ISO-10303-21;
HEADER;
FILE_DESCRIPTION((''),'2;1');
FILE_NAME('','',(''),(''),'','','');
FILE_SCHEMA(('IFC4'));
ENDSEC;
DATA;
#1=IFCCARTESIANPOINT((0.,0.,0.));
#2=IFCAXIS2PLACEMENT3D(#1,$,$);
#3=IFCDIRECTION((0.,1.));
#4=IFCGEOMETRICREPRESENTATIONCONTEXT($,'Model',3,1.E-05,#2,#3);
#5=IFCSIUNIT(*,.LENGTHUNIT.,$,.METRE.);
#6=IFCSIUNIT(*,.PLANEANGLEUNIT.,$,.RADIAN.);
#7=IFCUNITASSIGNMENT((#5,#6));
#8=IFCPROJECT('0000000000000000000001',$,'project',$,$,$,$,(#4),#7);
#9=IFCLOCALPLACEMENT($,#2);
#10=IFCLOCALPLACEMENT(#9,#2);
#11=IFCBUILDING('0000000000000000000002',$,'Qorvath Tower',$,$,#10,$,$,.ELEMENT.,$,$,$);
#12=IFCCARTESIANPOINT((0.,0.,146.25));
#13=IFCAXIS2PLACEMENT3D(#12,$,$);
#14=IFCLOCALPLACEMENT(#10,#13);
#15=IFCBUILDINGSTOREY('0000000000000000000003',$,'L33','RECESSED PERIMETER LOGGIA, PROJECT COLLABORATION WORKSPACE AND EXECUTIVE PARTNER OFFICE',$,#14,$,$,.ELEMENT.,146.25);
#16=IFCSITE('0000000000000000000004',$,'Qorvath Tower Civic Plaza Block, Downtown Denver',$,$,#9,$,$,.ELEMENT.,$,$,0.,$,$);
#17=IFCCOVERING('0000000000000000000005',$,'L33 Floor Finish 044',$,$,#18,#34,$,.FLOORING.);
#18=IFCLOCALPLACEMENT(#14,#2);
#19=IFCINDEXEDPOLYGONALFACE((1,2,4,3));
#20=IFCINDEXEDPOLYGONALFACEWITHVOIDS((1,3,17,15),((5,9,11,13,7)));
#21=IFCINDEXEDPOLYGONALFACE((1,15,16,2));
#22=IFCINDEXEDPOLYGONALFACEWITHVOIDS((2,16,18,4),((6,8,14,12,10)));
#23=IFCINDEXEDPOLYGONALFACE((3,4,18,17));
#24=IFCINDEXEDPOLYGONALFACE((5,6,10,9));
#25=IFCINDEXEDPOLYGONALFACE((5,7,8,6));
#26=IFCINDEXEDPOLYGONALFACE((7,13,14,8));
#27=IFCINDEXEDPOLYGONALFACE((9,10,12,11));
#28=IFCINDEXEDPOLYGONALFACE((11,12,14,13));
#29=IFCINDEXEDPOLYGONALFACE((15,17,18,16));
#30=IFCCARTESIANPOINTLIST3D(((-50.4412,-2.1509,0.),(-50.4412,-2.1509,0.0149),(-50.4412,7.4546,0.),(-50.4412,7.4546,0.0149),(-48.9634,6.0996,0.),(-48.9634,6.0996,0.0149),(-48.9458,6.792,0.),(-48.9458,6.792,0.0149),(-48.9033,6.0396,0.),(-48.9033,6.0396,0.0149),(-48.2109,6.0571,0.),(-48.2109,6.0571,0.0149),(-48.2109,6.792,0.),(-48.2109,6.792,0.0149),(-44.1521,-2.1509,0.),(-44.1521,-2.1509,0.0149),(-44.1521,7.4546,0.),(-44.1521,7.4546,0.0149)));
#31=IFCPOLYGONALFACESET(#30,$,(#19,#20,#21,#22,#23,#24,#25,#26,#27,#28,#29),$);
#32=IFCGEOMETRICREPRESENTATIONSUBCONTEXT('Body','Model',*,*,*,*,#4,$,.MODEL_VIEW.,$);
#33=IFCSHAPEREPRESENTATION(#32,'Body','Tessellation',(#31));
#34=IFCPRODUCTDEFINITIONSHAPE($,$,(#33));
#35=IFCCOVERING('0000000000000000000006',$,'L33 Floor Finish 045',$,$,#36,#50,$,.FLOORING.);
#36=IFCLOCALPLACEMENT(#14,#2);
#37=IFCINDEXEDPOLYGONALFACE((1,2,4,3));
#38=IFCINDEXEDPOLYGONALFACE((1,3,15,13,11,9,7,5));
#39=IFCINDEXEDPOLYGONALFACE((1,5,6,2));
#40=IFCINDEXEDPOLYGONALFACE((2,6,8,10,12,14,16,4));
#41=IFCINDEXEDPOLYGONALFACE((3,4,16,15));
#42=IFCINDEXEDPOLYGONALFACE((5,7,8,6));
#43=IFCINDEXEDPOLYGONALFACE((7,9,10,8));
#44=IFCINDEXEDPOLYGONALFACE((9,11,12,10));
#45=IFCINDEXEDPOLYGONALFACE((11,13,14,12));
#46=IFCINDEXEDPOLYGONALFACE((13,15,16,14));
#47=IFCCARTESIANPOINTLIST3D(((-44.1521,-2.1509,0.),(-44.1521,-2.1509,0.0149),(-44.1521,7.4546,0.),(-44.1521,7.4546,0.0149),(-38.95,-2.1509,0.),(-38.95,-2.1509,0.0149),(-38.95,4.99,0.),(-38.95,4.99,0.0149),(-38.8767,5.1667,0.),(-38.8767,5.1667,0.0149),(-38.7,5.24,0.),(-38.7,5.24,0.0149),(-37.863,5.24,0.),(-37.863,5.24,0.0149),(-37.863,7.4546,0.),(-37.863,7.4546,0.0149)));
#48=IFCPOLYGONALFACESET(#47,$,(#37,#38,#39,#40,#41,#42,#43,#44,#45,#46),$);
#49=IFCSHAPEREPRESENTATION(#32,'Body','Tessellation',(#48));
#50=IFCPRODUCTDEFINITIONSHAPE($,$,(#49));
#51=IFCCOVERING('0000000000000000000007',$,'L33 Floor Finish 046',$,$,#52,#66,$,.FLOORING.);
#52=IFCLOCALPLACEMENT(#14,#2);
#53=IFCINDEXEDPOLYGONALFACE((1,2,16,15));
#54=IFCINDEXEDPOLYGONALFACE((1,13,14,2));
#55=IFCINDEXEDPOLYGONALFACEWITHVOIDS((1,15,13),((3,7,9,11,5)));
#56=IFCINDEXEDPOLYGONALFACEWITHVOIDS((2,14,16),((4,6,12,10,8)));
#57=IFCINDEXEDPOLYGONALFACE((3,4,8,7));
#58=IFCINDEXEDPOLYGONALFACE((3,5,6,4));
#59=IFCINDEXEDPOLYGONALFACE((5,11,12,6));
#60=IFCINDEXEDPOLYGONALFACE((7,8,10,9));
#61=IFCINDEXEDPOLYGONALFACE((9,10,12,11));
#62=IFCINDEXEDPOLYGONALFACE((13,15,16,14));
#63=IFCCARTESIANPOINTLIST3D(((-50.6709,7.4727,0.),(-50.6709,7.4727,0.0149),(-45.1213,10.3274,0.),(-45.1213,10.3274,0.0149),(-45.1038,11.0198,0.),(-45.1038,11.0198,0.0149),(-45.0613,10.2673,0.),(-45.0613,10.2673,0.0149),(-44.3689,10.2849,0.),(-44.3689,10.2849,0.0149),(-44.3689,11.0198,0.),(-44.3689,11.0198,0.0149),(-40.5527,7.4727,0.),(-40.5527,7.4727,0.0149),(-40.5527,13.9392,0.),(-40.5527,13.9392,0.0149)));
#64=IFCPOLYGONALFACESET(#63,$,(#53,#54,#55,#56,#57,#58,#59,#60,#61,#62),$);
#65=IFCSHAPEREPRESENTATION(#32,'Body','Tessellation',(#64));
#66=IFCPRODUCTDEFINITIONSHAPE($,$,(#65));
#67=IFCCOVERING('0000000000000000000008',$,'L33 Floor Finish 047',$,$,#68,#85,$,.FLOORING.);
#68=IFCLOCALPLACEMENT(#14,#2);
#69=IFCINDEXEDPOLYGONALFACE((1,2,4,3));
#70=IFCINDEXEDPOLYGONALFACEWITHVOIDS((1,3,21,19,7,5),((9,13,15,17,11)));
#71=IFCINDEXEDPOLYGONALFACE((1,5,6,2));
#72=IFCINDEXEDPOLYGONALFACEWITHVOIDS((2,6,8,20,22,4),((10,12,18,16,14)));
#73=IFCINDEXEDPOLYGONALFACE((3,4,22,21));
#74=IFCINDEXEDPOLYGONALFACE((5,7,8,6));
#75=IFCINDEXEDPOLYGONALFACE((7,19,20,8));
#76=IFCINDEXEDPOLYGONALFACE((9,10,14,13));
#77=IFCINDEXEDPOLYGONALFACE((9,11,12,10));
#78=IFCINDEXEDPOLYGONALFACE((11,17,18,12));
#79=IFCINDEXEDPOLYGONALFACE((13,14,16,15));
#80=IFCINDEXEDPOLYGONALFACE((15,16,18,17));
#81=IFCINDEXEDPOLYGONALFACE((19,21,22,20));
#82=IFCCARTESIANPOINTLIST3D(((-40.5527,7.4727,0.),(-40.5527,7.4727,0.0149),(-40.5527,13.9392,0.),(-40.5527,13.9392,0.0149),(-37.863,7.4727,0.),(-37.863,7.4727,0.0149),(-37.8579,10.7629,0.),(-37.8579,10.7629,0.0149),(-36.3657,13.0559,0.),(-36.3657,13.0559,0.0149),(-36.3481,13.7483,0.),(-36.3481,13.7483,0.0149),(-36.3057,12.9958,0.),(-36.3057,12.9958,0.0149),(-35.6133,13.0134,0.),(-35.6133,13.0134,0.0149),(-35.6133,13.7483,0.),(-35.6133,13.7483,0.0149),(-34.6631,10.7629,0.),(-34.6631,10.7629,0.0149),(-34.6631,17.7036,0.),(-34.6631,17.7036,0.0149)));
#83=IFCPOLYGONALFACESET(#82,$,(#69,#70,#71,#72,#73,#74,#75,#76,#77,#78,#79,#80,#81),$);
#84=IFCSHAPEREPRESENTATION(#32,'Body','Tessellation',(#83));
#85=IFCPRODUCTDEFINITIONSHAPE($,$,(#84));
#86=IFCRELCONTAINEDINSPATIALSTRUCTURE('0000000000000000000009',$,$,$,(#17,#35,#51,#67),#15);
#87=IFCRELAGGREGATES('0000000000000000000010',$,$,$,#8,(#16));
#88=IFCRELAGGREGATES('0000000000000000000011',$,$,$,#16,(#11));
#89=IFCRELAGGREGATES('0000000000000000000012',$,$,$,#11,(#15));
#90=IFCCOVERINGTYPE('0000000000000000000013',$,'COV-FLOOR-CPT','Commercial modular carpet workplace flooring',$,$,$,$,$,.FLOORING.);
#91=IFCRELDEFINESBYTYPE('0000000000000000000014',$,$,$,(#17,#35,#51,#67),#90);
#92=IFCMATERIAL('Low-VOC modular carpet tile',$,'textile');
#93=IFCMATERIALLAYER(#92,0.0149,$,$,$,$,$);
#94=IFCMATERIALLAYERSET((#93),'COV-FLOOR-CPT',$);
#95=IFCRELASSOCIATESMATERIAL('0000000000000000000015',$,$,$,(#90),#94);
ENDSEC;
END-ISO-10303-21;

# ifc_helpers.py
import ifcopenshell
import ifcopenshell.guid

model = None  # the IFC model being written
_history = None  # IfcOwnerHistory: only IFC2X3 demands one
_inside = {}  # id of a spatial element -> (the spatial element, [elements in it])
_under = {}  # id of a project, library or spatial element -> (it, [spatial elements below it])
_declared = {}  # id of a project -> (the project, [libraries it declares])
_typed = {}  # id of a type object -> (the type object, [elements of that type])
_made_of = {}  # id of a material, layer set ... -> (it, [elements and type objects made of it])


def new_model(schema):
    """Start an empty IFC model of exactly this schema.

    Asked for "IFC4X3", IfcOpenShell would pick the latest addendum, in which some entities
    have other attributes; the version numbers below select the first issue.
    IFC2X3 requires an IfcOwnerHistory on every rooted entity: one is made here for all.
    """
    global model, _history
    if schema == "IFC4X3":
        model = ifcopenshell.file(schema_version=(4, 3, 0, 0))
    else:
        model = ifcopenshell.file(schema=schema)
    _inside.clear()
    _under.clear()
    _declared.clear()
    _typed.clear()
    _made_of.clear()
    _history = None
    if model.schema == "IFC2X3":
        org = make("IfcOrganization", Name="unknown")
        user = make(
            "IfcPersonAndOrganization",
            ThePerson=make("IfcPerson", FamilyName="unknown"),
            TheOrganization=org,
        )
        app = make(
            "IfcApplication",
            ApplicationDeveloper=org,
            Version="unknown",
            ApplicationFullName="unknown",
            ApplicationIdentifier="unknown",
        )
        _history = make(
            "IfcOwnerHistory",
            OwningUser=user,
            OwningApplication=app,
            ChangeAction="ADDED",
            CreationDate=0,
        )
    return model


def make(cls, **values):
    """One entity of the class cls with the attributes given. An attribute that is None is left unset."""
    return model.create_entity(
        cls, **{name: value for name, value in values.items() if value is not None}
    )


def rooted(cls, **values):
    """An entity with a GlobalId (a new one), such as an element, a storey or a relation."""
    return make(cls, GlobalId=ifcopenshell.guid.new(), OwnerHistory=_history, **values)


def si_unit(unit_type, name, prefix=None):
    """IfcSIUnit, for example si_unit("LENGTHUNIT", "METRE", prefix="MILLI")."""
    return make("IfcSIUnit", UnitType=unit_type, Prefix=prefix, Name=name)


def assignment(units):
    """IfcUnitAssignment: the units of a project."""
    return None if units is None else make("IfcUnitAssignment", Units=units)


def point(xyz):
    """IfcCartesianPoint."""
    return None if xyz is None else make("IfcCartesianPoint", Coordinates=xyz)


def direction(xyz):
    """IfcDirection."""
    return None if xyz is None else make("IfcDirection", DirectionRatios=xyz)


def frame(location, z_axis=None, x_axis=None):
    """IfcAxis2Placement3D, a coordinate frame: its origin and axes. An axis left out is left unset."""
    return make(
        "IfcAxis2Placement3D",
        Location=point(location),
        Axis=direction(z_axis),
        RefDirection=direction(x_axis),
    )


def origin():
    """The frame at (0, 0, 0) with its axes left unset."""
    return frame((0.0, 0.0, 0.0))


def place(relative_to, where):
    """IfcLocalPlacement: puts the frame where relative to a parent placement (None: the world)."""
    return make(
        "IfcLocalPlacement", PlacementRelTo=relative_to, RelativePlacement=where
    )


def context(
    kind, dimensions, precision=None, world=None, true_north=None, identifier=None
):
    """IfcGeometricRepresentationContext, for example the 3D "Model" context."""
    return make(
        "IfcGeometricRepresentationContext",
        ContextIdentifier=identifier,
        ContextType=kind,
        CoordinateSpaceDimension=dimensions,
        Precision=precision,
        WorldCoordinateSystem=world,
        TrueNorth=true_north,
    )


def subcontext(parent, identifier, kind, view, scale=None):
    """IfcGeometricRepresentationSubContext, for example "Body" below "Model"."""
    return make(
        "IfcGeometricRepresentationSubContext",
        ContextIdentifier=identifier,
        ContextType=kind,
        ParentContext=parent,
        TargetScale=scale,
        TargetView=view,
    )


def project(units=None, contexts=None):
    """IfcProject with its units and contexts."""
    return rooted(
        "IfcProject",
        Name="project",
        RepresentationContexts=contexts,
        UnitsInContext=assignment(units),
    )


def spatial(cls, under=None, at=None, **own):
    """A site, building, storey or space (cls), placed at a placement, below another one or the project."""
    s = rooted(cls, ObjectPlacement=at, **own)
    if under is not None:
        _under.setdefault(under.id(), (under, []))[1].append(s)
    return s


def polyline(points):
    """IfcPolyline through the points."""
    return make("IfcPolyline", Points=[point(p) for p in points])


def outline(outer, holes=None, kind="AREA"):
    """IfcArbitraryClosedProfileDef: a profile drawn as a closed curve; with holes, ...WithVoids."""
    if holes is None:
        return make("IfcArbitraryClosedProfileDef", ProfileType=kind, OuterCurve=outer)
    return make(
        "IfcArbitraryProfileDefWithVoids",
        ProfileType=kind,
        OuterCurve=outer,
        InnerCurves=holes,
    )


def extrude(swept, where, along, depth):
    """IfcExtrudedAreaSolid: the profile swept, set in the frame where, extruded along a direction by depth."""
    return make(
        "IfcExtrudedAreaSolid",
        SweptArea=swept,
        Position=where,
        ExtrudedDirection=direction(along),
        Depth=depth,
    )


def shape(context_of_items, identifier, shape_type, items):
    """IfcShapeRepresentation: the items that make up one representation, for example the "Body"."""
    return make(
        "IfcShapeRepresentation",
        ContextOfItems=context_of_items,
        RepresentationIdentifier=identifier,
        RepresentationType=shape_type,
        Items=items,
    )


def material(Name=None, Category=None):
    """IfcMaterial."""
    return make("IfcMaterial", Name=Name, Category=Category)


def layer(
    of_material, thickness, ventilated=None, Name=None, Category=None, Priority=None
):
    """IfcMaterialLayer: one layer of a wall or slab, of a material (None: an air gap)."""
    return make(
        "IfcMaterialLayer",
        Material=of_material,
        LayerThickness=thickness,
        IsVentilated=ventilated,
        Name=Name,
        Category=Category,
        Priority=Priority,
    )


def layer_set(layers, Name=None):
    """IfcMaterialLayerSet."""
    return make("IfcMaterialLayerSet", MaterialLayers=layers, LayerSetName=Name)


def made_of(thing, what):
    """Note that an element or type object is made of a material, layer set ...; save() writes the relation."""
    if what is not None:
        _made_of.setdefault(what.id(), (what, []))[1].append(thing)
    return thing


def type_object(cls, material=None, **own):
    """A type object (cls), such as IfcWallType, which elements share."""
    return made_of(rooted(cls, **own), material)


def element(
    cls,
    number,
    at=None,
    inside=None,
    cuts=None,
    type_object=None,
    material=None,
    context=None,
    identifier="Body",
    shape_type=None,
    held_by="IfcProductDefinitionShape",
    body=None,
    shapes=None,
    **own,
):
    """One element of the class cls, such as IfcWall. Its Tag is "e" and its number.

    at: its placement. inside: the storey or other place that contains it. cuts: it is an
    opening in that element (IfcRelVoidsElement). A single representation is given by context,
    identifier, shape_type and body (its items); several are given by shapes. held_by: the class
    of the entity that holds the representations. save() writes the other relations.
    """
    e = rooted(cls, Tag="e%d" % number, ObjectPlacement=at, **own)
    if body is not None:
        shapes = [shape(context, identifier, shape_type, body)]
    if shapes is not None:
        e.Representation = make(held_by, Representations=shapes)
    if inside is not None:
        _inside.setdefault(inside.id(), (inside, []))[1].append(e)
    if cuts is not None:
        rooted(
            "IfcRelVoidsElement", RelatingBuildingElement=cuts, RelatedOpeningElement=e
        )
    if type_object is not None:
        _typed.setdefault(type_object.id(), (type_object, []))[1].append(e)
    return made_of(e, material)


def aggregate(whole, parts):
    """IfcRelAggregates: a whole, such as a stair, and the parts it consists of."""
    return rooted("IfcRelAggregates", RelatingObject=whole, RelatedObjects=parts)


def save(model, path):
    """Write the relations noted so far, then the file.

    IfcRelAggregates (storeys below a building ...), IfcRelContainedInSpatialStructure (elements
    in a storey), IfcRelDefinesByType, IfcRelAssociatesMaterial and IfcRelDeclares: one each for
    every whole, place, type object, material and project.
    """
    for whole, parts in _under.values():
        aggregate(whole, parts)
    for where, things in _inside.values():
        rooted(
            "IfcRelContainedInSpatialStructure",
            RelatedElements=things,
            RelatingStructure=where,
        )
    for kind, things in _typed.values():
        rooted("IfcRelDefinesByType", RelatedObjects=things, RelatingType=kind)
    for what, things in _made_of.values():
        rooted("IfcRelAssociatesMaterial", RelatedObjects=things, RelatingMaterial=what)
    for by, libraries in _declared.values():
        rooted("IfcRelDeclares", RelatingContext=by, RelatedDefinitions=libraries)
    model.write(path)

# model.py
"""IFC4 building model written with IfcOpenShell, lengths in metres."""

from ifc_helpers import new_model, si_unit, direction, frame, origin, place, context, subcontext, project, spatial, polyline, outline, extrude, material, layer, layer_set, type_object, element, save


model = new_model("IFC4")

# Units and contexts
model_context = context("Model", 3, precision=1e-05, world=origin(), true_north=direction((0.0, 1.0)))
body_context = subcontext(model_context, "Body", "Model", "MODEL_VIEW")
ifc_project = project(units=[si_unit("LENGTHUNIT", "METRE"), si_unit("PLANEANGLEUNIT", "RADIAN")], contexts=[model_context])

# Site, building, storey
site_placement = place(None, origin())
site = spatial("IfcSite", under=ifc_project, at=site_placement, Name="Qorvath Tower Civic Plaza Block, Downtown Denver", CompositionType="ELEMENT", RefElevation=0.0)
building_placement = place(site_placement, origin())
building = spatial("IfcBuilding", under=site, at=building_placement, Name="Qorvath Tower", CompositionType="ELEMENT")
storey_placement = place(building_placement, frame((0.0, 0.0, 146.25)))
storey = spatial("IfcBuildingStorey", under=building, at=storey_placement, Name="L33", Description="RECESSED PERIMETER LOGGIA, PROJECT COLLABORATION WORKSPACE AND EXECUTIVE PARTNER OFFICE", CompositionType="ELEMENT", Elevation=146.25)

# Coverings
ifc_material_1 = material(Name="Low-VOC modular carpet tile", Category="textile")
ifc_layer_1 = layer(ifc_material_1, 0.0149)
ifc_layer_set_1 = layer_set([ifc_layer_1], Name="COV-FLOOR-CPT")
covering_type_1 = type_object("IfcCoveringType", Name="COV-FLOOR-CPT", Description="Commercial modular carpet workplace flooring", PredefinedType="FLOORING", material=ifc_layer_set_1)
covering_1_placement = place(storey_placement, origin())
element("IfcCovering", 1, at=covering_1_placement, inside=storey, type_object=covering_type_1, Name="L33 Floor Finish 044", PredefinedType="FLOORING", context=body_context, shape_type="SweptSolid", body=[
    extrude(outline(polyline([(-44.1521, -2.1509), (-44.1521, 7.4546), (-50.4412, 7.4546), (-50.4412, -2.1509), (-44.1521, -2.1509)]), holes=[polyline([(-48.9634, 6.0996), (-48.9458, 6.792), (-48.2109, 6.792), (-48.2109, 6.0571), (-48.9033, 6.0396), (-48.9634, 6.0996)])]), origin(), (0.0, 0.0, 1.0), 0.0149),
])
covering_2_placement = place(storey_placement, origin())
element("IfcCovering", 2, at=covering_2_placement, inside=storey, type_object=covering_type_1, Name="L33 Floor Finish 045", PredefinedType="FLOORING", context=body_context, shape_type="SweptSolid", body=[
    extrude(outline(polyline([(-37.863, 5.24), (-37.863, 7.4546), (-44.1521, 7.4546), (-44.1521, -2.1509), (-38.95, -2.1509), (-38.95, 4.99), (-38.8767, 5.1667), (-38.7, 5.24), (-37.863, 5.24)])), origin(), (0.0, 0.0, 1.0), 0.0149),
])
covering_3_placement = place(storey_placement, origin())
element("IfcCovering", 3, at=covering_3_placement, inside=storey, type_object=covering_type_1, Name="L33 Floor Finish 046", PredefinedType="FLOORING", context=body_context, shape_type="SweptSolid", body=[
    extrude(outline(polyline([(-40.5527, 7.4727), (-40.5527, 13.9392), (-50.6709, 7.4727), (-40.5527, 7.4727)]), holes=[polyline([(-45.1213, 10.3274), (-45.1038, 11.0198), (-44.3689, 11.0198), (-44.3689, 10.2849), (-45.0613, 10.2673), (-45.1213, 10.3274)])]), origin(), (0.0, 0.0, 1.0), 0.0149),
])
covering_4_placement = place(storey_placement, origin())
element("IfcCovering", 4, at=covering_4_placement, inside=storey, type_object=covering_type_1, Name="L33 Floor Finish 047", PredefinedType="FLOORING", context=body_context, shape_type="SweptSolid", body=[
    extrude(outline(polyline([(-37.8579, 10.7629), (-34.6631, 10.7629), (-34.6631, 17.7036), (-40.5527, 13.9392), (-40.5527, 7.4727), (-37.863, 7.4727), (-37.8579, 10.7629)]), holes=[polyline([(-36.3657, 13.0559), (-36.3481, 13.7483), (-35.6133, 13.7483), (-35.6133, 13.0134), (-36.3057, 12.9958), (-36.3657, 13.0559)])]), origin(), (0.0, 0.0, 1.0), 0.0149),
])

save(model, "model.ifc")
